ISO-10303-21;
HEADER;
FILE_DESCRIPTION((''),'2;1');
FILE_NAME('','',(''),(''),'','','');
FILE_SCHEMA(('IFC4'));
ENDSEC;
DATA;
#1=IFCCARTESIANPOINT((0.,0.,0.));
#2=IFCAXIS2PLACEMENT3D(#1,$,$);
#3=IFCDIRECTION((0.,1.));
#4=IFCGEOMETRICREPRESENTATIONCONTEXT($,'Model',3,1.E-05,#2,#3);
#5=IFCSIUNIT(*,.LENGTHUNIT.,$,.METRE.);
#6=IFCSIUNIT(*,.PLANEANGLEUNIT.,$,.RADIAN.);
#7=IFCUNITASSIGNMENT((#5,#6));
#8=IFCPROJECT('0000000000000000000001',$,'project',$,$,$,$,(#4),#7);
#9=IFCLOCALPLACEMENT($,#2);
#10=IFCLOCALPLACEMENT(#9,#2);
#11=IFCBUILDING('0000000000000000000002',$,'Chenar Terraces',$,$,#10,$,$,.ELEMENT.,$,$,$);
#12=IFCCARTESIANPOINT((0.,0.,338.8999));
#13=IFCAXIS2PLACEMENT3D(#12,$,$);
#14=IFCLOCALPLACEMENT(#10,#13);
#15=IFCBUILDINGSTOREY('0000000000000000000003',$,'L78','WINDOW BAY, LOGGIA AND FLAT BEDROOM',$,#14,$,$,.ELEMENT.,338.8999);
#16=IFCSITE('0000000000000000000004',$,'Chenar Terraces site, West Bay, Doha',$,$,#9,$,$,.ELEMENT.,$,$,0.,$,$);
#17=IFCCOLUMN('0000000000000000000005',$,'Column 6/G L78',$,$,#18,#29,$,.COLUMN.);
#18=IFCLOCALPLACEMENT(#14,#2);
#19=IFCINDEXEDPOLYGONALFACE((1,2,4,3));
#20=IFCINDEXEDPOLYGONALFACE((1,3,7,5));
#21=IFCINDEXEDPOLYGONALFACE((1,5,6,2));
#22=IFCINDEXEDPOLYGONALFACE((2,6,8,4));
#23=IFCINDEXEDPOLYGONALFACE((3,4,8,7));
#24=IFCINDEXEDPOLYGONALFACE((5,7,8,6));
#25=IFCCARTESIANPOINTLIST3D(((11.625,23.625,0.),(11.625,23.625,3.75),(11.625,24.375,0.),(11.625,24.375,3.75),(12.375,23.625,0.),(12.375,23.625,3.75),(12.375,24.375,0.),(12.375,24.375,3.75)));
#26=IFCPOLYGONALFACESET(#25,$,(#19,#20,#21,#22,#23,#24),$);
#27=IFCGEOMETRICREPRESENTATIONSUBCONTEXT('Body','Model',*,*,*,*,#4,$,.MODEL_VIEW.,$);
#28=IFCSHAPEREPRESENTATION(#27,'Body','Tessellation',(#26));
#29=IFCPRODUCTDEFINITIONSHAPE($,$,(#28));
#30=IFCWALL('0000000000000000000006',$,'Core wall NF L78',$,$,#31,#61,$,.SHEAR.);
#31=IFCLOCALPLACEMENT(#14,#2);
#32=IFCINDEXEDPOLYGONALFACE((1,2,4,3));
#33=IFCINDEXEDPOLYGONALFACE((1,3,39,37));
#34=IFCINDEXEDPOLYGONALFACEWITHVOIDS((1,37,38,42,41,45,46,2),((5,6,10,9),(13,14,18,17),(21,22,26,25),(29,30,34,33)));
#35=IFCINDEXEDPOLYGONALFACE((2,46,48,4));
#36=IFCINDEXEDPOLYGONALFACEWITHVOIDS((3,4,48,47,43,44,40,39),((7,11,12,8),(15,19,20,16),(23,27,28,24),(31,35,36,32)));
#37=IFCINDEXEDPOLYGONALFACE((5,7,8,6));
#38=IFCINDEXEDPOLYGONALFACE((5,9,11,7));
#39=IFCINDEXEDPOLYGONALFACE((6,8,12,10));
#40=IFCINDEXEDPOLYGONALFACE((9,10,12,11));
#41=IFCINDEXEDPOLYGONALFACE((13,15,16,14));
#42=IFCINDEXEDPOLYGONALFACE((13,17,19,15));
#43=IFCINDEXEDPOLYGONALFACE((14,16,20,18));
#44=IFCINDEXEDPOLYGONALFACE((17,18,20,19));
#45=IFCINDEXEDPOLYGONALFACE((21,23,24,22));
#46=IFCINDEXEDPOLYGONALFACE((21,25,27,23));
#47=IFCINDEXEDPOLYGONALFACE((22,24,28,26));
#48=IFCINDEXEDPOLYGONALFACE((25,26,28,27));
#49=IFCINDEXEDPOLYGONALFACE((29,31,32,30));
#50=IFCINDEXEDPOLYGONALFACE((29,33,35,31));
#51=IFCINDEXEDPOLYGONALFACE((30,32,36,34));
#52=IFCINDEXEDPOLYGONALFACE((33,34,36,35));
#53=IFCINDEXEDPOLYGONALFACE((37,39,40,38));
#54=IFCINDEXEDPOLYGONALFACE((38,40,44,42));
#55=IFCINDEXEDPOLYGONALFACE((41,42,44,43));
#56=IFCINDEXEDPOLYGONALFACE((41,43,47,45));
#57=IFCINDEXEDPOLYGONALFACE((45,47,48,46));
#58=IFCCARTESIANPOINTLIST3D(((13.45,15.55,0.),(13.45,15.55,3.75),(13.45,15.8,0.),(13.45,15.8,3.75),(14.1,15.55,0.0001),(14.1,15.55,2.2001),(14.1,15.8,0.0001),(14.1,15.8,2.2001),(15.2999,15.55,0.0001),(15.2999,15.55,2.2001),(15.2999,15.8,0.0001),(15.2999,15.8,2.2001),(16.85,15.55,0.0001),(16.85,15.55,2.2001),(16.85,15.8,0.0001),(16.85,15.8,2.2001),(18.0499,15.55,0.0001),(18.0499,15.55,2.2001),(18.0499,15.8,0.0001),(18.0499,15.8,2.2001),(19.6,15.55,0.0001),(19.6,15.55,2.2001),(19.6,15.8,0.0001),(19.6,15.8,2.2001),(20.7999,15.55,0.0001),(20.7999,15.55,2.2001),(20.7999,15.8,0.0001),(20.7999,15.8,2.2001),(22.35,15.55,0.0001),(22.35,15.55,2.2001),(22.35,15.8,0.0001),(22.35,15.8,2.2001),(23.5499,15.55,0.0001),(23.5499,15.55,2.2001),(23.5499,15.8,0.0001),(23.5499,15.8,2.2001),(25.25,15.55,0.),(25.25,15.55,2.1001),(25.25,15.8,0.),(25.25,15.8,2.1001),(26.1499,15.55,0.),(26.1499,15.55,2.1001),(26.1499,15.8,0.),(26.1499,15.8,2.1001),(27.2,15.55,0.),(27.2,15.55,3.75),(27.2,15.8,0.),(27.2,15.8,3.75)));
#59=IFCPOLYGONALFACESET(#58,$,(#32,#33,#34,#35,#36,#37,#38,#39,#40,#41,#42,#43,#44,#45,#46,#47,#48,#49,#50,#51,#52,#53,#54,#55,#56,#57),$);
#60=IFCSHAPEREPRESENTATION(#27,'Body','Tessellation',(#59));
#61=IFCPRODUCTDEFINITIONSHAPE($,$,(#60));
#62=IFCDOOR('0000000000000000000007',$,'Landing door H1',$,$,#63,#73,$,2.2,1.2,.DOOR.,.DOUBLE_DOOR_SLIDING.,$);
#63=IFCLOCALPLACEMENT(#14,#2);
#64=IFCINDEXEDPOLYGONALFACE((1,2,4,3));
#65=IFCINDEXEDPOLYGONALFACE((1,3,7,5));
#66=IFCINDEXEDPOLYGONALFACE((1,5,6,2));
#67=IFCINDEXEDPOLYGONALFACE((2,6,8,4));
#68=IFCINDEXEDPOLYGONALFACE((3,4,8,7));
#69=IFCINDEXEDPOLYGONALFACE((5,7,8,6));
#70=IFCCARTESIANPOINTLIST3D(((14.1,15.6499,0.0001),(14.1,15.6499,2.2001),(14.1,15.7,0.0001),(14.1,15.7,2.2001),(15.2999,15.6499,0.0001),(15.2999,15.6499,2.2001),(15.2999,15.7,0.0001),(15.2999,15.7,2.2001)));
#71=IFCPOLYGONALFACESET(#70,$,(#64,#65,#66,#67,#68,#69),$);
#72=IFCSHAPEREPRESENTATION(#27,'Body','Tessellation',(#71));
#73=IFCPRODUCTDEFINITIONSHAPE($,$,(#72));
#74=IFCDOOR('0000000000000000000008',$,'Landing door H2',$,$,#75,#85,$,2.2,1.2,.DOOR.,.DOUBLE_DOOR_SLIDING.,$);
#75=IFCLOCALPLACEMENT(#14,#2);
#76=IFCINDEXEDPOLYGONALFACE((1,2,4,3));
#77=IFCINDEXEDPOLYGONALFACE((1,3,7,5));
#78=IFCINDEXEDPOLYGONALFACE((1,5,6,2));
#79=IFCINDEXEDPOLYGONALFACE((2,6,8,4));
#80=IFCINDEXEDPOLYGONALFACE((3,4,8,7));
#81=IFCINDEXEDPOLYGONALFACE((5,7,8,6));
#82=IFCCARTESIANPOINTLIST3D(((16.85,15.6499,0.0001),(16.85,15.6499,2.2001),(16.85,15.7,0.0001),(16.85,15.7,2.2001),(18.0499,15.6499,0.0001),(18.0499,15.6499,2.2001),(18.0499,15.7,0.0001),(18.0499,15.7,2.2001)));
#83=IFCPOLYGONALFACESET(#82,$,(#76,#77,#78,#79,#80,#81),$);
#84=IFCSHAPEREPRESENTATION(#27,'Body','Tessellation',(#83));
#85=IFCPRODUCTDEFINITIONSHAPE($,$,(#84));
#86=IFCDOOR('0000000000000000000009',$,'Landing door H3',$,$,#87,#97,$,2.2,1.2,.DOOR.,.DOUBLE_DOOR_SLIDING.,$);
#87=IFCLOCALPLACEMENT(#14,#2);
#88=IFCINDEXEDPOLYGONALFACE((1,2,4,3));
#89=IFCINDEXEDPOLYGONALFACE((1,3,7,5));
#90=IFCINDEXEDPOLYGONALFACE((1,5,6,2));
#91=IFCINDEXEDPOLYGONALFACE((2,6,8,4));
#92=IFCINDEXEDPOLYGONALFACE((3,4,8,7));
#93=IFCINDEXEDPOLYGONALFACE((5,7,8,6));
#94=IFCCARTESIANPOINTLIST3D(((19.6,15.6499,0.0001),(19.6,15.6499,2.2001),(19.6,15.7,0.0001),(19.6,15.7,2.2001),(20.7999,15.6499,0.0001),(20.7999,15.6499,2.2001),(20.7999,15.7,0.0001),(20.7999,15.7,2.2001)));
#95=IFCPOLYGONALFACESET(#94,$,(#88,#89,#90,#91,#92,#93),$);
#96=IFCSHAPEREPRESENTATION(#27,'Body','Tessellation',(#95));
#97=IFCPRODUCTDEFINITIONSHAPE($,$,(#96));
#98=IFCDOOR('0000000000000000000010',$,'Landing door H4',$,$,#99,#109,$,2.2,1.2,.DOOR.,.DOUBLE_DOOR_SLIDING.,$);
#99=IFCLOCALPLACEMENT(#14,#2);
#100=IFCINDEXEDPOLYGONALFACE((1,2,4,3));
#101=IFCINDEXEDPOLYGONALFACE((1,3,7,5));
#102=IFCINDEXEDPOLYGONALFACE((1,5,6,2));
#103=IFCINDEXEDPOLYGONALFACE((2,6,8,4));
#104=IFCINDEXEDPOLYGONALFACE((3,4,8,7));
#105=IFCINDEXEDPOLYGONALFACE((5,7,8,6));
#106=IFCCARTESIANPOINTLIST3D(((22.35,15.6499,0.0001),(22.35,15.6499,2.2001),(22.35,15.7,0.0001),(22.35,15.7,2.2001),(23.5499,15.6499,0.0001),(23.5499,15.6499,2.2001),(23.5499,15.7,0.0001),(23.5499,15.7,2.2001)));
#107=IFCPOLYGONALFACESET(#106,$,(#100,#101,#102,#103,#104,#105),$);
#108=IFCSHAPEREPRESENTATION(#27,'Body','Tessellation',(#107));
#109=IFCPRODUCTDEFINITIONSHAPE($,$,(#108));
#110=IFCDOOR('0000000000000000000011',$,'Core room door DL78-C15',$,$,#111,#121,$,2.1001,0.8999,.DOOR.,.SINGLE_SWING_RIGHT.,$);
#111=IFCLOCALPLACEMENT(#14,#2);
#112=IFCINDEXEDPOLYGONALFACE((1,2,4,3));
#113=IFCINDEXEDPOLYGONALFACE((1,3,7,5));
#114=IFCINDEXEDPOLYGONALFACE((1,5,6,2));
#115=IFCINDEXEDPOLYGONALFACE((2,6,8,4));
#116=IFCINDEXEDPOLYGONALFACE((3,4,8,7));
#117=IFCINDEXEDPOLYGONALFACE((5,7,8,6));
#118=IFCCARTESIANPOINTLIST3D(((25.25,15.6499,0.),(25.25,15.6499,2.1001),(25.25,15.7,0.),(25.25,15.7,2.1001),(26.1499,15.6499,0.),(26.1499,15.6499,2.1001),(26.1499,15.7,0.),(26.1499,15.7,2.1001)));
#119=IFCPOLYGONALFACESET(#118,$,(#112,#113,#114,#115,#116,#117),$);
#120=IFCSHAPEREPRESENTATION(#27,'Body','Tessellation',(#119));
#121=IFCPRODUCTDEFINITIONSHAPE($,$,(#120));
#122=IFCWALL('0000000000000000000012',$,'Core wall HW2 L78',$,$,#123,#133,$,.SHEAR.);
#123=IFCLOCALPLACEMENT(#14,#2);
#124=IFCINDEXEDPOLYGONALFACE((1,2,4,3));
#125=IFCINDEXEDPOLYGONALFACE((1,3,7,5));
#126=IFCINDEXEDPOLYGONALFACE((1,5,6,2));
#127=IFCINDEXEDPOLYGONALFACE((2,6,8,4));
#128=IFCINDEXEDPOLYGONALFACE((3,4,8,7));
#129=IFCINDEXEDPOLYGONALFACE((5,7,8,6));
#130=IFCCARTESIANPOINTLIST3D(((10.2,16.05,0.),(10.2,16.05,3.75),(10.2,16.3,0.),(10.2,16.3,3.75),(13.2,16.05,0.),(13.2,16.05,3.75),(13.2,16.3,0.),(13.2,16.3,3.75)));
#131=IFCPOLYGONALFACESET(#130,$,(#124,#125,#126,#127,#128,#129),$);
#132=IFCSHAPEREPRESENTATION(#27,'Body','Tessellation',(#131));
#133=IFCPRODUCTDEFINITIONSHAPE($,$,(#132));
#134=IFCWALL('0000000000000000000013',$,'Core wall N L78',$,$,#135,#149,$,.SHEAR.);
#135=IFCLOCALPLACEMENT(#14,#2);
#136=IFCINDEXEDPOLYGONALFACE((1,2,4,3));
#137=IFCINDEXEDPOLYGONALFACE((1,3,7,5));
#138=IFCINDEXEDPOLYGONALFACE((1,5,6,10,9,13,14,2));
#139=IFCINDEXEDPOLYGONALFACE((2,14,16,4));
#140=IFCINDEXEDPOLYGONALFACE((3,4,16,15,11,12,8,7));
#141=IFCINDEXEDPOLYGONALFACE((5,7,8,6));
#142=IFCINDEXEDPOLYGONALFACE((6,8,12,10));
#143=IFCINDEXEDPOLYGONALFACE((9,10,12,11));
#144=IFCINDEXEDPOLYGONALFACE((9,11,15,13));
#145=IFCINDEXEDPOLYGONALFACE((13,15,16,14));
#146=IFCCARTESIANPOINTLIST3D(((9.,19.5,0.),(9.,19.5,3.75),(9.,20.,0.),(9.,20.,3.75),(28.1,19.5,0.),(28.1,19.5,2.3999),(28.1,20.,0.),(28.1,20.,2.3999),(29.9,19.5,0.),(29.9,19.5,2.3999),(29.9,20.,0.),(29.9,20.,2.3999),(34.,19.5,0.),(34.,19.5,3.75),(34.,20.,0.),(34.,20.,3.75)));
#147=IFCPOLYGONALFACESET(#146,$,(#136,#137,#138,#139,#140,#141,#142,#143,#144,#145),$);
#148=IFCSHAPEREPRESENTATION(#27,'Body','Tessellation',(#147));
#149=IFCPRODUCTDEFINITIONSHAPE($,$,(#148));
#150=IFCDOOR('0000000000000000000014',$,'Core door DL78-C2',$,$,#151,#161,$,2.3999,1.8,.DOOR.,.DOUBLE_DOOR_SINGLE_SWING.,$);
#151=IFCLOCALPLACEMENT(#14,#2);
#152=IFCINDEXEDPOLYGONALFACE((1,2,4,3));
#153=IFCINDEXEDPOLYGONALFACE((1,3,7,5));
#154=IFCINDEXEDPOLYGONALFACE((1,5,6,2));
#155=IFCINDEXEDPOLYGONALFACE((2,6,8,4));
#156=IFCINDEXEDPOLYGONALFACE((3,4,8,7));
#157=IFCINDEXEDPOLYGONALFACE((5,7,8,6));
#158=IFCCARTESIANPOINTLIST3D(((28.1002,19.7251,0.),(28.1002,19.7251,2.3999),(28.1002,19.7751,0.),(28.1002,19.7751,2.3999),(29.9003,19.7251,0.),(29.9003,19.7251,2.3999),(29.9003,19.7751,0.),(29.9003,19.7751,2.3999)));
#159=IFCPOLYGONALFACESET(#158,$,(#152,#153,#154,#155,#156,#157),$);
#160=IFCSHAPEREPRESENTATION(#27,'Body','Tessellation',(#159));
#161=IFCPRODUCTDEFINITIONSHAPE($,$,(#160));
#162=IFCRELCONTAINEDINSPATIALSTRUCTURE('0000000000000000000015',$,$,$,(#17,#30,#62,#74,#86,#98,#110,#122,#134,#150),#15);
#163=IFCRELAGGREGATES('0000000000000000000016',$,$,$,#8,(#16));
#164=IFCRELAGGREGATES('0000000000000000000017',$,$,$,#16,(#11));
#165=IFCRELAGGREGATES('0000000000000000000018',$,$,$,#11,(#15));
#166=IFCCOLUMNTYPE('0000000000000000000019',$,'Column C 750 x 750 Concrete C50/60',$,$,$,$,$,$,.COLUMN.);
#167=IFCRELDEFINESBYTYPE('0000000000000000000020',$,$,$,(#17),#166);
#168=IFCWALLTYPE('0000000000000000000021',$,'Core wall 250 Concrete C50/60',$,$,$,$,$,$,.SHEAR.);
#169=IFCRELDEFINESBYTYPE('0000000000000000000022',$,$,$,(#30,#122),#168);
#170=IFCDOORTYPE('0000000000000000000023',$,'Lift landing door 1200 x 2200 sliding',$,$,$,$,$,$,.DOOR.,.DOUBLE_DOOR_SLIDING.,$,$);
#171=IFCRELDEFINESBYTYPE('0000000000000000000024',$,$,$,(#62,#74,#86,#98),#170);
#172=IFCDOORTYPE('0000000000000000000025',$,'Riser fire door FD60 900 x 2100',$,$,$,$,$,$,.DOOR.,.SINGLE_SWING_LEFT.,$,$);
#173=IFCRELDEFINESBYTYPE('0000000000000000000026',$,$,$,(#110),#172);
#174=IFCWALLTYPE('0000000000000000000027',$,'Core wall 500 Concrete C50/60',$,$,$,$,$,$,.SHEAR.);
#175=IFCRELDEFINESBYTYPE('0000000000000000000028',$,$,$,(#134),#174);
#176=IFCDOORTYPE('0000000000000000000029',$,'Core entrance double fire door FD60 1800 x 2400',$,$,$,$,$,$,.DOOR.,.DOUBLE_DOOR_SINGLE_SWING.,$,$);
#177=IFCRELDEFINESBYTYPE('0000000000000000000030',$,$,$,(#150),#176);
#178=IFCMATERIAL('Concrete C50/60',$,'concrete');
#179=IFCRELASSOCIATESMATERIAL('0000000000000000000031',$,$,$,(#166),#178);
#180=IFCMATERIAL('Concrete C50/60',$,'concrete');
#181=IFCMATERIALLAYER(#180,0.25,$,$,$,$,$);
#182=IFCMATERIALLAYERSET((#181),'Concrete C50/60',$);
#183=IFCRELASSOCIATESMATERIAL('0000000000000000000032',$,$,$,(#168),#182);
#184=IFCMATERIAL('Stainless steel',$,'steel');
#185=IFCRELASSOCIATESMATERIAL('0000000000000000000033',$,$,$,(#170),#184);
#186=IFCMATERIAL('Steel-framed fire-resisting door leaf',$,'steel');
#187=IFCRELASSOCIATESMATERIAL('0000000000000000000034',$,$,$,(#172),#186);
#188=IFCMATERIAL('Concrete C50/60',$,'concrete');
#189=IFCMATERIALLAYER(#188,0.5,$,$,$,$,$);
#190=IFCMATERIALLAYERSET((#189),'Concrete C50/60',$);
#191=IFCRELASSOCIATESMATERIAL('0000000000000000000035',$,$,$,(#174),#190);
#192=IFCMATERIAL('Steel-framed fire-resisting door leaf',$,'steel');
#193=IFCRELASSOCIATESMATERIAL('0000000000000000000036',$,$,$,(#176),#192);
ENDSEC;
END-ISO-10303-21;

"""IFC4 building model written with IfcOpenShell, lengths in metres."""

from ifc_helpers import new_model, si_unit, direction, frame, frame_2d, origin, origin_2d, place, context, subcontext, project, spatial, rectangle, extrude, material, layer, layer_set, material_profile, profile_set, type_object, element, fill, save


model = new_model("IFC4")

# Units and contexts
model_context = context("Model", 3, precision=1e-05, world=origin(), true_north=direction((0.0, 1.0)))
body_context = subcontext(model_context, "Body", "Model", "MODEL_VIEW")
ifc_project = project(units=[si_unit("LENGTHUNIT", "METRE"), si_unit("PLANEANGLEUNIT", "RADIAN")], contexts=[model_context])

# Site, building, storey
site_placement = place(None, origin())
site = spatial("IfcSite", under=ifc_project, at=site_placement, Name="Chenar Terraces site, West Bay, Doha", CompositionType="ELEMENT", RefElevation=0.0)
building_placement = place(site_placement, origin())
building = spatial("IfcBuilding", under=site, at=building_placement, Name="Chenar Terraces", CompositionType="ELEMENT")
storey_placement = place(building_placement, frame((0.0, 0.0, 338.8999)))
storey = spatial("IfcBuildingStorey", under=building, at=storey_placement, Name="L78", Description="WINDOW BAY, LOGGIA AND FLAT BEDROOM", CompositionType="ELEMENT", Elevation=338.8999)

# Column
ifc_material_1 = material(Name="Concrete C50/60", Category="concrete")
ifc_material_profile = material_profile(ifc_material_1, rectangle(XDim=0.75, YDim=0.75, at=origin_2d()), Name="C 750 x 750")
ifc_profile_set = profile_set([ifc_material_profile], Name="Concrete C50/60")
column_type = type_object("IfcColumnType", Name="Column C 750 x 750 Concrete C50/60", PredefinedType="COLUMN", material=ifc_profile_set)
column_placement = place(storey_placement, frame((12.0, 24.0, 0.0), z_axis=(0.0, 0.0, 1.0), x_axis=(1.0, 0.0, 0.0)))
element("IfcColumn", 1, at=column_placement, inside=storey, type_object=column_type, Name="Column 6/G L78", PredefinedType="COLUMN", context=body_context, shape_type="SweptSolid", body=[
    extrude(rectangle(XDim=0.75, YDim=0.75, at=origin_2d()), origin(), (0.0, 0.0, 1.0), 3.75),
])

# Wall, openings, doors
ifc_material_2 = material(Name="Concrete C50/60", Category="concrete")
ifc_layer_1 = layer(ifc_material_2, 0.25)
ifc_layer_set_1 = layer_set([ifc_layer_1], Name="Concrete C50/60")
wall_type_1 = type_object("IfcWallType", Name="Core wall 250 Concrete C50/60", PredefinedType="SHEAR", material=ifc_layer_set_1)
wall_1_placement = place(storey_placement, frame((13.45, 15.675, 0.0), z_axis=(0.0, 0.0, 1.0), x_axis=(1.0, 0.0, 0.0)))
wall_1 = element("IfcWall", 2, at=wall_1_placement, inside=storey, type_object=wall_type_1, Name="Core wall NF L78", PredefinedType="SHEAR", context=body_context, shape_type="SweptSolid", body=[
    extrude(rectangle(XDim=13.75, YDim=0.25, at=frame_2d((6.875, 0.0))), origin(), (0.0, 0.0, 1.0), 3.75),
])
opening_1_placement = place(wall_1_placement, frame((0.6499, 0.0, 0.0)))
opening_1 = element("IfcOpeningElement", 3, at=opening_1_placement, cuts=wall_1, PredefinedType="OPENING", context=body_context, shape_type="SweptSolid", body=[
    extrude(rectangle(XDim=1.2, YDim=2.2, at=frame_2d((0.6001, 1.1001))), frame((0.0, 0.135, 0.0), z_axis=(0.0, -1.0, 0.0), x_axis=(1.0, 0.0, 0.0)), (0.0, 0.0, 1.0), 0.27),
])
opening_2_placement = place(wall_1_placement, frame((3.3999, 0.0, 0.0)))
opening_2 = element("IfcOpeningElement", 4, at=opening_2_placement, cuts=wall_1, PredefinedType="OPENING", context=body_context, shape_type="SweptSolid", body=[
    extrude(rectangle(XDim=1.2, YDim=2.2, at=frame_2d((0.6001, 1.1001))), frame((0.0, 0.135, 0.0), z_axis=(0.0, -1.0, 0.0), x_axis=(1.0, 0.0, 0.0)), (0.0, 0.0, 1.0), 0.27),
])
opening_3_placement = place(wall_1_placement, frame((6.1499, 0.0, 0.0)))
opening_3 = element("IfcOpeningElement", 5, at=opening_3_placement, cuts=wall_1, PredefinedType="OPENING", context=body_context, shape_type="SweptSolid", body=[
    extrude(rectangle(XDim=1.2, YDim=2.2, at=frame_2d((0.6001, 1.1001))), frame((0.0, 0.135, 0.0), z_axis=(0.0, -1.0, 0.0), x_axis=(1.0, 0.0, 0.0)), (0.0, 0.0, 1.0), 0.27),
])
opening_4_placement = place(wall_1_placement, frame((8.8999, 0.0, 0.0)))
opening_4 = element("IfcOpeningElement", 6, at=opening_4_placement, cuts=wall_1, PredefinedType="OPENING", context=body_context, shape_type="SweptSolid", body=[
    extrude(rectangle(XDim=1.2, YDim=2.2, at=frame_2d((0.6001, 1.1001))), frame((0.0, 0.135, 0.0), z_axis=(0.0, -1.0, 0.0), x_axis=(1.0, 0.0, 0.0)), (0.0, 0.0, 1.0), 0.27),
])
opening_5_placement = place(wall_1_placement, frame((11.8, 0.0, 0.0)))
opening_5 = element("IfcOpeningElement", 7, at=opening_5_placement, cuts=wall_1, PredefinedType="OPENING", context=body_context, shape_type="SweptSolid", body=[
    extrude(rectangle(XDim=0.8999, YDim=2.1001, at=frame_2d((0.45, 1.05))), frame((0.0, 0.135, 0.0), z_axis=(0.0, -1.0, 0.0), x_axis=(1.0, 0.0, 0.0)), (0.0, 0.0, 1.0), 0.27),
])
ifc_material_3 = material(Name="Stainless steel", Category="steel")
door_type_1 = type_object("IfcDoorType", Name="Lift landing door 1200 x 2200 sliding", OperationType="DOUBLE_DOOR_SLIDING", PredefinedType="DOOR", material=ifc_material_3)
door_1_placement = place(opening_1_placement, origin())
door_1 = element("IfcDoor", 8, at=door_1_placement, inside=storey, type_object=door_type_1, Name="Landing door H1", OperationType="DOUBLE_DOOR_SLIDING", OverallHeight=2.2, OverallWidth=1.2, PredefinedType="DOOR", context=body_context, shape_type="SweptSolid", body=[
    extrude(rectangle(XDim=1.2, YDim=2.2, at=frame_2d((0.6001, 1.1001))), frame((0.0, 0.0249, 0.0), z_axis=(0.0, -1.0, 0.0), x_axis=(1.0, 0.0, 0.0)), (0.0, 0.0, 1.0), 0.05),
])
fill(opening_1, door_1)
door_2_placement = place(opening_2_placement, origin())
door_2 = element("IfcDoor", 9, at=door_2_placement, inside=storey, type_object=door_type_1, Name="Landing door H2", OperationType="DOUBLE_DOOR_SLIDING", OverallHeight=2.2, OverallWidth=1.2, PredefinedType="DOOR", context=body_context, shape_type="SweptSolid", body=[
    extrude(rectangle(XDim=1.2, YDim=2.2, at=frame_2d((0.6001, 1.1001))), frame((0.0, 0.0249, 0.0), z_axis=(0.0, -1.0, 0.0), x_axis=(1.0, 0.0, 0.0)), (0.0, 0.0, 1.0), 0.05),
])
fill(opening_2, door_2)
door_3_placement = place(opening_3_placement, origin())
door_3 = element("IfcDoor", 10, at=door_3_placement, inside=storey, type_object=door_type_1, Name="Landing door H3", OperationType="DOUBLE_DOOR_SLIDING", OverallHeight=2.2, OverallWidth=1.2, PredefinedType="DOOR", context=body_context, shape_type="SweptSolid", body=[
    extrude(rectangle(XDim=1.2, YDim=2.2, at=frame_2d((0.6001, 1.1001))), frame((0.0, 0.0249, 0.0), z_axis=(0.0, -1.0, 0.0), x_axis=(1.0, 0.0, 0.0)), (0.0, 0.0, 1.0), 0.05),
])
fill(opening_3, door_3)
door_4_placement = place(opening_4_placement, origin())
door_4 = element("IfcDoor", 11, at=door_4_placement, inside=storey, type_object=door_type_1, Name="Landing door H4", OperationType="DOUBLE_DOOR_SLIDING", OverallHeight=2.2, OverallWidth=1.2, PredefinedType="DOOR", context=body_context, shape_type="SweptSolid", body=[
    extrude(rectangle(XDim=1.2, YDim=2.2, at=frame_2d((0.6001, 1.1001))), frame((0.0, 0.0249, 0.0), z_axis=(0.0, -1.0, 0.0), x_axis=(1.0, 0.0, 0.0)), (0.0, 0.0, 1.0), 0.05),
])
fill(opening_4, door_4)
ifc_material_4 = material(Name="Steel-framed fire-resisting door leaf", Category="steel")
door_type_2 = type_object("IfcDoorType", Name="Riser fire door FD60 900 x 2100", OperationType="SINGLE_SWING_LEFT", PredefinedType="DOOR", material=ifc_material_4)
door_5_placement = place(opening_5_placement, origin())
door_5 = element("IfcDoor", 12, at=door_5_placement, inside=storey, type_object=door_type_2, Name="Core room door DL78-C15", OperationType="SINGLE_SWING_RIGHT", OverallHeight=2.1001, OverallWidth=0.8999, PredefinedType="DOOR", context=body_context, shape_type="SweptSolid", body=[
    extrude(rectangle(XDim=0.8999, YDim=2.1001, at=frame_2d((0.45, 1.05))), frame((0.0, 0.0249, 0.0), z_axis=(0.0, -1.0, 0.0), x_axis=(1.0, 0.0, 0.0)), (0.0, 0.0, 1.0), 0.05),
])
fill(opening_5, door_5)

# Wall
wall_2_placement = place(storey_placement, frame((10.2, 16.175, 0.0), z_axis=(0.0, 0.0, 1.0), x_axis=(1.0, 0.0, 0.0)))
element("IfcWall", 13, at=wall_2_placement, inside=storey, type_object=wall_type_1, Name="Core wall HW2 L78", PredefinedType="SHEAR", context=body_context, shape_type="SweptSolid", body=[
    extrude(rectangle(XDim=3.0, YDim=0.25, at=frame_2d((1.5, 0.0))), origin(), (0.0, 0.0, 1.0), 3.75),
])

# Wall, opening, door
ifc_material_5 = material(Name="Concrete C50/60", Category="concrete")
ifc_layer_2 = layer(ifc_material_5, 0.5)
ifc_layer_set_2 = layer_set([ifc_layer_2], Name="Concrete C50/60")
wall_type_2 = type_object("IfcWallType", Name="Core wall 500 Concrete C50/60", PredefinedType="SHEAR", material=ifc_layer_set_2)
wall_3_placement = place(storey_placement, frame((9.0, 19.75, 0.0), z_axis=(0.0, 0.0, 1.0), x_axis=(1.0, 0.0, 0.0)))
wall_3 = element("IfcWall", 14, at=wall_3_placement, inside=storey, type_object=wall_type_2, Name="Core wall N L78", PredefinedType="SHEAR", context=body_context, shape_type="SweptSolid", body=[
    extrude(rectangle(XDim=25.0, YDim=0.5, at=frame_2d((12.5, 0.0))), origin(), (0.0, 0.0, 1.0), 3.75),
])
opening_6_placement = place(wall_3_placement, frame((19.1001, 0.0, 0.0)))
opening_6 = element("IfcOpeningElement", 15, at=opening_6_placement, cuts=wall_3, PredefinedType="OPENING", context=body_context, shape_type="SweptSolid", body=[
    extrude(rectangle(XDim=1.8, YDim=2.3999, at=frame_2d((0.8999, 1.2))), frame((0.0, 0.26, 0.0), z_axis=(0.0, -1.0, 0.0), x_axis=(1.0, 0.0, 0.0)), (0.0, 0.0, 1.0), 0.52),
])
ifc_material_6 = material(Name="Steel-framed fire-resisting door leaf", Category="steel")
door_type_3 = type_object("IfcDoorType", Name="Core entrance double fire door FD60 1800 x 2400", OperationType="DOUBLE_DOOR_SINGLE_SWING", PredefinedType="DOOR", material=ifc_material_6)
door_6_placement = place(opening_6_placement, frame((1.8, 0.0, 0.0), z_axis=(0.0, 0.0, 1.0), x_axis=(-1.0, 0.0, 0.0)))
door_6 = element("IfcDoor", 16, at=door_6_placement, inside=storey, type_object=door_type_3, Name="Core door DL78-C2", OperationType="DOUBLE_DOOR_SINGLE_SWING", OverallHeight=2.3999, OverallWidth=1.8, PredefinedType="DOOR", context=body_context, shape_type="SweptSolid", body=[
    extrude(rectangle(XDim=1.8, YDim=2.3999, at=frame_2d((0.8999, 1.2))), frame((0.0, 0.0249, 0.0), z_axis=(0.0, -1.0, 0.0), x_axis=(1.0, 0.0, 0.0)), (0.0, 0.0, 1.0), 0.05),
])
fill(opening_6, door_6)

save(model, "model.ifc")
